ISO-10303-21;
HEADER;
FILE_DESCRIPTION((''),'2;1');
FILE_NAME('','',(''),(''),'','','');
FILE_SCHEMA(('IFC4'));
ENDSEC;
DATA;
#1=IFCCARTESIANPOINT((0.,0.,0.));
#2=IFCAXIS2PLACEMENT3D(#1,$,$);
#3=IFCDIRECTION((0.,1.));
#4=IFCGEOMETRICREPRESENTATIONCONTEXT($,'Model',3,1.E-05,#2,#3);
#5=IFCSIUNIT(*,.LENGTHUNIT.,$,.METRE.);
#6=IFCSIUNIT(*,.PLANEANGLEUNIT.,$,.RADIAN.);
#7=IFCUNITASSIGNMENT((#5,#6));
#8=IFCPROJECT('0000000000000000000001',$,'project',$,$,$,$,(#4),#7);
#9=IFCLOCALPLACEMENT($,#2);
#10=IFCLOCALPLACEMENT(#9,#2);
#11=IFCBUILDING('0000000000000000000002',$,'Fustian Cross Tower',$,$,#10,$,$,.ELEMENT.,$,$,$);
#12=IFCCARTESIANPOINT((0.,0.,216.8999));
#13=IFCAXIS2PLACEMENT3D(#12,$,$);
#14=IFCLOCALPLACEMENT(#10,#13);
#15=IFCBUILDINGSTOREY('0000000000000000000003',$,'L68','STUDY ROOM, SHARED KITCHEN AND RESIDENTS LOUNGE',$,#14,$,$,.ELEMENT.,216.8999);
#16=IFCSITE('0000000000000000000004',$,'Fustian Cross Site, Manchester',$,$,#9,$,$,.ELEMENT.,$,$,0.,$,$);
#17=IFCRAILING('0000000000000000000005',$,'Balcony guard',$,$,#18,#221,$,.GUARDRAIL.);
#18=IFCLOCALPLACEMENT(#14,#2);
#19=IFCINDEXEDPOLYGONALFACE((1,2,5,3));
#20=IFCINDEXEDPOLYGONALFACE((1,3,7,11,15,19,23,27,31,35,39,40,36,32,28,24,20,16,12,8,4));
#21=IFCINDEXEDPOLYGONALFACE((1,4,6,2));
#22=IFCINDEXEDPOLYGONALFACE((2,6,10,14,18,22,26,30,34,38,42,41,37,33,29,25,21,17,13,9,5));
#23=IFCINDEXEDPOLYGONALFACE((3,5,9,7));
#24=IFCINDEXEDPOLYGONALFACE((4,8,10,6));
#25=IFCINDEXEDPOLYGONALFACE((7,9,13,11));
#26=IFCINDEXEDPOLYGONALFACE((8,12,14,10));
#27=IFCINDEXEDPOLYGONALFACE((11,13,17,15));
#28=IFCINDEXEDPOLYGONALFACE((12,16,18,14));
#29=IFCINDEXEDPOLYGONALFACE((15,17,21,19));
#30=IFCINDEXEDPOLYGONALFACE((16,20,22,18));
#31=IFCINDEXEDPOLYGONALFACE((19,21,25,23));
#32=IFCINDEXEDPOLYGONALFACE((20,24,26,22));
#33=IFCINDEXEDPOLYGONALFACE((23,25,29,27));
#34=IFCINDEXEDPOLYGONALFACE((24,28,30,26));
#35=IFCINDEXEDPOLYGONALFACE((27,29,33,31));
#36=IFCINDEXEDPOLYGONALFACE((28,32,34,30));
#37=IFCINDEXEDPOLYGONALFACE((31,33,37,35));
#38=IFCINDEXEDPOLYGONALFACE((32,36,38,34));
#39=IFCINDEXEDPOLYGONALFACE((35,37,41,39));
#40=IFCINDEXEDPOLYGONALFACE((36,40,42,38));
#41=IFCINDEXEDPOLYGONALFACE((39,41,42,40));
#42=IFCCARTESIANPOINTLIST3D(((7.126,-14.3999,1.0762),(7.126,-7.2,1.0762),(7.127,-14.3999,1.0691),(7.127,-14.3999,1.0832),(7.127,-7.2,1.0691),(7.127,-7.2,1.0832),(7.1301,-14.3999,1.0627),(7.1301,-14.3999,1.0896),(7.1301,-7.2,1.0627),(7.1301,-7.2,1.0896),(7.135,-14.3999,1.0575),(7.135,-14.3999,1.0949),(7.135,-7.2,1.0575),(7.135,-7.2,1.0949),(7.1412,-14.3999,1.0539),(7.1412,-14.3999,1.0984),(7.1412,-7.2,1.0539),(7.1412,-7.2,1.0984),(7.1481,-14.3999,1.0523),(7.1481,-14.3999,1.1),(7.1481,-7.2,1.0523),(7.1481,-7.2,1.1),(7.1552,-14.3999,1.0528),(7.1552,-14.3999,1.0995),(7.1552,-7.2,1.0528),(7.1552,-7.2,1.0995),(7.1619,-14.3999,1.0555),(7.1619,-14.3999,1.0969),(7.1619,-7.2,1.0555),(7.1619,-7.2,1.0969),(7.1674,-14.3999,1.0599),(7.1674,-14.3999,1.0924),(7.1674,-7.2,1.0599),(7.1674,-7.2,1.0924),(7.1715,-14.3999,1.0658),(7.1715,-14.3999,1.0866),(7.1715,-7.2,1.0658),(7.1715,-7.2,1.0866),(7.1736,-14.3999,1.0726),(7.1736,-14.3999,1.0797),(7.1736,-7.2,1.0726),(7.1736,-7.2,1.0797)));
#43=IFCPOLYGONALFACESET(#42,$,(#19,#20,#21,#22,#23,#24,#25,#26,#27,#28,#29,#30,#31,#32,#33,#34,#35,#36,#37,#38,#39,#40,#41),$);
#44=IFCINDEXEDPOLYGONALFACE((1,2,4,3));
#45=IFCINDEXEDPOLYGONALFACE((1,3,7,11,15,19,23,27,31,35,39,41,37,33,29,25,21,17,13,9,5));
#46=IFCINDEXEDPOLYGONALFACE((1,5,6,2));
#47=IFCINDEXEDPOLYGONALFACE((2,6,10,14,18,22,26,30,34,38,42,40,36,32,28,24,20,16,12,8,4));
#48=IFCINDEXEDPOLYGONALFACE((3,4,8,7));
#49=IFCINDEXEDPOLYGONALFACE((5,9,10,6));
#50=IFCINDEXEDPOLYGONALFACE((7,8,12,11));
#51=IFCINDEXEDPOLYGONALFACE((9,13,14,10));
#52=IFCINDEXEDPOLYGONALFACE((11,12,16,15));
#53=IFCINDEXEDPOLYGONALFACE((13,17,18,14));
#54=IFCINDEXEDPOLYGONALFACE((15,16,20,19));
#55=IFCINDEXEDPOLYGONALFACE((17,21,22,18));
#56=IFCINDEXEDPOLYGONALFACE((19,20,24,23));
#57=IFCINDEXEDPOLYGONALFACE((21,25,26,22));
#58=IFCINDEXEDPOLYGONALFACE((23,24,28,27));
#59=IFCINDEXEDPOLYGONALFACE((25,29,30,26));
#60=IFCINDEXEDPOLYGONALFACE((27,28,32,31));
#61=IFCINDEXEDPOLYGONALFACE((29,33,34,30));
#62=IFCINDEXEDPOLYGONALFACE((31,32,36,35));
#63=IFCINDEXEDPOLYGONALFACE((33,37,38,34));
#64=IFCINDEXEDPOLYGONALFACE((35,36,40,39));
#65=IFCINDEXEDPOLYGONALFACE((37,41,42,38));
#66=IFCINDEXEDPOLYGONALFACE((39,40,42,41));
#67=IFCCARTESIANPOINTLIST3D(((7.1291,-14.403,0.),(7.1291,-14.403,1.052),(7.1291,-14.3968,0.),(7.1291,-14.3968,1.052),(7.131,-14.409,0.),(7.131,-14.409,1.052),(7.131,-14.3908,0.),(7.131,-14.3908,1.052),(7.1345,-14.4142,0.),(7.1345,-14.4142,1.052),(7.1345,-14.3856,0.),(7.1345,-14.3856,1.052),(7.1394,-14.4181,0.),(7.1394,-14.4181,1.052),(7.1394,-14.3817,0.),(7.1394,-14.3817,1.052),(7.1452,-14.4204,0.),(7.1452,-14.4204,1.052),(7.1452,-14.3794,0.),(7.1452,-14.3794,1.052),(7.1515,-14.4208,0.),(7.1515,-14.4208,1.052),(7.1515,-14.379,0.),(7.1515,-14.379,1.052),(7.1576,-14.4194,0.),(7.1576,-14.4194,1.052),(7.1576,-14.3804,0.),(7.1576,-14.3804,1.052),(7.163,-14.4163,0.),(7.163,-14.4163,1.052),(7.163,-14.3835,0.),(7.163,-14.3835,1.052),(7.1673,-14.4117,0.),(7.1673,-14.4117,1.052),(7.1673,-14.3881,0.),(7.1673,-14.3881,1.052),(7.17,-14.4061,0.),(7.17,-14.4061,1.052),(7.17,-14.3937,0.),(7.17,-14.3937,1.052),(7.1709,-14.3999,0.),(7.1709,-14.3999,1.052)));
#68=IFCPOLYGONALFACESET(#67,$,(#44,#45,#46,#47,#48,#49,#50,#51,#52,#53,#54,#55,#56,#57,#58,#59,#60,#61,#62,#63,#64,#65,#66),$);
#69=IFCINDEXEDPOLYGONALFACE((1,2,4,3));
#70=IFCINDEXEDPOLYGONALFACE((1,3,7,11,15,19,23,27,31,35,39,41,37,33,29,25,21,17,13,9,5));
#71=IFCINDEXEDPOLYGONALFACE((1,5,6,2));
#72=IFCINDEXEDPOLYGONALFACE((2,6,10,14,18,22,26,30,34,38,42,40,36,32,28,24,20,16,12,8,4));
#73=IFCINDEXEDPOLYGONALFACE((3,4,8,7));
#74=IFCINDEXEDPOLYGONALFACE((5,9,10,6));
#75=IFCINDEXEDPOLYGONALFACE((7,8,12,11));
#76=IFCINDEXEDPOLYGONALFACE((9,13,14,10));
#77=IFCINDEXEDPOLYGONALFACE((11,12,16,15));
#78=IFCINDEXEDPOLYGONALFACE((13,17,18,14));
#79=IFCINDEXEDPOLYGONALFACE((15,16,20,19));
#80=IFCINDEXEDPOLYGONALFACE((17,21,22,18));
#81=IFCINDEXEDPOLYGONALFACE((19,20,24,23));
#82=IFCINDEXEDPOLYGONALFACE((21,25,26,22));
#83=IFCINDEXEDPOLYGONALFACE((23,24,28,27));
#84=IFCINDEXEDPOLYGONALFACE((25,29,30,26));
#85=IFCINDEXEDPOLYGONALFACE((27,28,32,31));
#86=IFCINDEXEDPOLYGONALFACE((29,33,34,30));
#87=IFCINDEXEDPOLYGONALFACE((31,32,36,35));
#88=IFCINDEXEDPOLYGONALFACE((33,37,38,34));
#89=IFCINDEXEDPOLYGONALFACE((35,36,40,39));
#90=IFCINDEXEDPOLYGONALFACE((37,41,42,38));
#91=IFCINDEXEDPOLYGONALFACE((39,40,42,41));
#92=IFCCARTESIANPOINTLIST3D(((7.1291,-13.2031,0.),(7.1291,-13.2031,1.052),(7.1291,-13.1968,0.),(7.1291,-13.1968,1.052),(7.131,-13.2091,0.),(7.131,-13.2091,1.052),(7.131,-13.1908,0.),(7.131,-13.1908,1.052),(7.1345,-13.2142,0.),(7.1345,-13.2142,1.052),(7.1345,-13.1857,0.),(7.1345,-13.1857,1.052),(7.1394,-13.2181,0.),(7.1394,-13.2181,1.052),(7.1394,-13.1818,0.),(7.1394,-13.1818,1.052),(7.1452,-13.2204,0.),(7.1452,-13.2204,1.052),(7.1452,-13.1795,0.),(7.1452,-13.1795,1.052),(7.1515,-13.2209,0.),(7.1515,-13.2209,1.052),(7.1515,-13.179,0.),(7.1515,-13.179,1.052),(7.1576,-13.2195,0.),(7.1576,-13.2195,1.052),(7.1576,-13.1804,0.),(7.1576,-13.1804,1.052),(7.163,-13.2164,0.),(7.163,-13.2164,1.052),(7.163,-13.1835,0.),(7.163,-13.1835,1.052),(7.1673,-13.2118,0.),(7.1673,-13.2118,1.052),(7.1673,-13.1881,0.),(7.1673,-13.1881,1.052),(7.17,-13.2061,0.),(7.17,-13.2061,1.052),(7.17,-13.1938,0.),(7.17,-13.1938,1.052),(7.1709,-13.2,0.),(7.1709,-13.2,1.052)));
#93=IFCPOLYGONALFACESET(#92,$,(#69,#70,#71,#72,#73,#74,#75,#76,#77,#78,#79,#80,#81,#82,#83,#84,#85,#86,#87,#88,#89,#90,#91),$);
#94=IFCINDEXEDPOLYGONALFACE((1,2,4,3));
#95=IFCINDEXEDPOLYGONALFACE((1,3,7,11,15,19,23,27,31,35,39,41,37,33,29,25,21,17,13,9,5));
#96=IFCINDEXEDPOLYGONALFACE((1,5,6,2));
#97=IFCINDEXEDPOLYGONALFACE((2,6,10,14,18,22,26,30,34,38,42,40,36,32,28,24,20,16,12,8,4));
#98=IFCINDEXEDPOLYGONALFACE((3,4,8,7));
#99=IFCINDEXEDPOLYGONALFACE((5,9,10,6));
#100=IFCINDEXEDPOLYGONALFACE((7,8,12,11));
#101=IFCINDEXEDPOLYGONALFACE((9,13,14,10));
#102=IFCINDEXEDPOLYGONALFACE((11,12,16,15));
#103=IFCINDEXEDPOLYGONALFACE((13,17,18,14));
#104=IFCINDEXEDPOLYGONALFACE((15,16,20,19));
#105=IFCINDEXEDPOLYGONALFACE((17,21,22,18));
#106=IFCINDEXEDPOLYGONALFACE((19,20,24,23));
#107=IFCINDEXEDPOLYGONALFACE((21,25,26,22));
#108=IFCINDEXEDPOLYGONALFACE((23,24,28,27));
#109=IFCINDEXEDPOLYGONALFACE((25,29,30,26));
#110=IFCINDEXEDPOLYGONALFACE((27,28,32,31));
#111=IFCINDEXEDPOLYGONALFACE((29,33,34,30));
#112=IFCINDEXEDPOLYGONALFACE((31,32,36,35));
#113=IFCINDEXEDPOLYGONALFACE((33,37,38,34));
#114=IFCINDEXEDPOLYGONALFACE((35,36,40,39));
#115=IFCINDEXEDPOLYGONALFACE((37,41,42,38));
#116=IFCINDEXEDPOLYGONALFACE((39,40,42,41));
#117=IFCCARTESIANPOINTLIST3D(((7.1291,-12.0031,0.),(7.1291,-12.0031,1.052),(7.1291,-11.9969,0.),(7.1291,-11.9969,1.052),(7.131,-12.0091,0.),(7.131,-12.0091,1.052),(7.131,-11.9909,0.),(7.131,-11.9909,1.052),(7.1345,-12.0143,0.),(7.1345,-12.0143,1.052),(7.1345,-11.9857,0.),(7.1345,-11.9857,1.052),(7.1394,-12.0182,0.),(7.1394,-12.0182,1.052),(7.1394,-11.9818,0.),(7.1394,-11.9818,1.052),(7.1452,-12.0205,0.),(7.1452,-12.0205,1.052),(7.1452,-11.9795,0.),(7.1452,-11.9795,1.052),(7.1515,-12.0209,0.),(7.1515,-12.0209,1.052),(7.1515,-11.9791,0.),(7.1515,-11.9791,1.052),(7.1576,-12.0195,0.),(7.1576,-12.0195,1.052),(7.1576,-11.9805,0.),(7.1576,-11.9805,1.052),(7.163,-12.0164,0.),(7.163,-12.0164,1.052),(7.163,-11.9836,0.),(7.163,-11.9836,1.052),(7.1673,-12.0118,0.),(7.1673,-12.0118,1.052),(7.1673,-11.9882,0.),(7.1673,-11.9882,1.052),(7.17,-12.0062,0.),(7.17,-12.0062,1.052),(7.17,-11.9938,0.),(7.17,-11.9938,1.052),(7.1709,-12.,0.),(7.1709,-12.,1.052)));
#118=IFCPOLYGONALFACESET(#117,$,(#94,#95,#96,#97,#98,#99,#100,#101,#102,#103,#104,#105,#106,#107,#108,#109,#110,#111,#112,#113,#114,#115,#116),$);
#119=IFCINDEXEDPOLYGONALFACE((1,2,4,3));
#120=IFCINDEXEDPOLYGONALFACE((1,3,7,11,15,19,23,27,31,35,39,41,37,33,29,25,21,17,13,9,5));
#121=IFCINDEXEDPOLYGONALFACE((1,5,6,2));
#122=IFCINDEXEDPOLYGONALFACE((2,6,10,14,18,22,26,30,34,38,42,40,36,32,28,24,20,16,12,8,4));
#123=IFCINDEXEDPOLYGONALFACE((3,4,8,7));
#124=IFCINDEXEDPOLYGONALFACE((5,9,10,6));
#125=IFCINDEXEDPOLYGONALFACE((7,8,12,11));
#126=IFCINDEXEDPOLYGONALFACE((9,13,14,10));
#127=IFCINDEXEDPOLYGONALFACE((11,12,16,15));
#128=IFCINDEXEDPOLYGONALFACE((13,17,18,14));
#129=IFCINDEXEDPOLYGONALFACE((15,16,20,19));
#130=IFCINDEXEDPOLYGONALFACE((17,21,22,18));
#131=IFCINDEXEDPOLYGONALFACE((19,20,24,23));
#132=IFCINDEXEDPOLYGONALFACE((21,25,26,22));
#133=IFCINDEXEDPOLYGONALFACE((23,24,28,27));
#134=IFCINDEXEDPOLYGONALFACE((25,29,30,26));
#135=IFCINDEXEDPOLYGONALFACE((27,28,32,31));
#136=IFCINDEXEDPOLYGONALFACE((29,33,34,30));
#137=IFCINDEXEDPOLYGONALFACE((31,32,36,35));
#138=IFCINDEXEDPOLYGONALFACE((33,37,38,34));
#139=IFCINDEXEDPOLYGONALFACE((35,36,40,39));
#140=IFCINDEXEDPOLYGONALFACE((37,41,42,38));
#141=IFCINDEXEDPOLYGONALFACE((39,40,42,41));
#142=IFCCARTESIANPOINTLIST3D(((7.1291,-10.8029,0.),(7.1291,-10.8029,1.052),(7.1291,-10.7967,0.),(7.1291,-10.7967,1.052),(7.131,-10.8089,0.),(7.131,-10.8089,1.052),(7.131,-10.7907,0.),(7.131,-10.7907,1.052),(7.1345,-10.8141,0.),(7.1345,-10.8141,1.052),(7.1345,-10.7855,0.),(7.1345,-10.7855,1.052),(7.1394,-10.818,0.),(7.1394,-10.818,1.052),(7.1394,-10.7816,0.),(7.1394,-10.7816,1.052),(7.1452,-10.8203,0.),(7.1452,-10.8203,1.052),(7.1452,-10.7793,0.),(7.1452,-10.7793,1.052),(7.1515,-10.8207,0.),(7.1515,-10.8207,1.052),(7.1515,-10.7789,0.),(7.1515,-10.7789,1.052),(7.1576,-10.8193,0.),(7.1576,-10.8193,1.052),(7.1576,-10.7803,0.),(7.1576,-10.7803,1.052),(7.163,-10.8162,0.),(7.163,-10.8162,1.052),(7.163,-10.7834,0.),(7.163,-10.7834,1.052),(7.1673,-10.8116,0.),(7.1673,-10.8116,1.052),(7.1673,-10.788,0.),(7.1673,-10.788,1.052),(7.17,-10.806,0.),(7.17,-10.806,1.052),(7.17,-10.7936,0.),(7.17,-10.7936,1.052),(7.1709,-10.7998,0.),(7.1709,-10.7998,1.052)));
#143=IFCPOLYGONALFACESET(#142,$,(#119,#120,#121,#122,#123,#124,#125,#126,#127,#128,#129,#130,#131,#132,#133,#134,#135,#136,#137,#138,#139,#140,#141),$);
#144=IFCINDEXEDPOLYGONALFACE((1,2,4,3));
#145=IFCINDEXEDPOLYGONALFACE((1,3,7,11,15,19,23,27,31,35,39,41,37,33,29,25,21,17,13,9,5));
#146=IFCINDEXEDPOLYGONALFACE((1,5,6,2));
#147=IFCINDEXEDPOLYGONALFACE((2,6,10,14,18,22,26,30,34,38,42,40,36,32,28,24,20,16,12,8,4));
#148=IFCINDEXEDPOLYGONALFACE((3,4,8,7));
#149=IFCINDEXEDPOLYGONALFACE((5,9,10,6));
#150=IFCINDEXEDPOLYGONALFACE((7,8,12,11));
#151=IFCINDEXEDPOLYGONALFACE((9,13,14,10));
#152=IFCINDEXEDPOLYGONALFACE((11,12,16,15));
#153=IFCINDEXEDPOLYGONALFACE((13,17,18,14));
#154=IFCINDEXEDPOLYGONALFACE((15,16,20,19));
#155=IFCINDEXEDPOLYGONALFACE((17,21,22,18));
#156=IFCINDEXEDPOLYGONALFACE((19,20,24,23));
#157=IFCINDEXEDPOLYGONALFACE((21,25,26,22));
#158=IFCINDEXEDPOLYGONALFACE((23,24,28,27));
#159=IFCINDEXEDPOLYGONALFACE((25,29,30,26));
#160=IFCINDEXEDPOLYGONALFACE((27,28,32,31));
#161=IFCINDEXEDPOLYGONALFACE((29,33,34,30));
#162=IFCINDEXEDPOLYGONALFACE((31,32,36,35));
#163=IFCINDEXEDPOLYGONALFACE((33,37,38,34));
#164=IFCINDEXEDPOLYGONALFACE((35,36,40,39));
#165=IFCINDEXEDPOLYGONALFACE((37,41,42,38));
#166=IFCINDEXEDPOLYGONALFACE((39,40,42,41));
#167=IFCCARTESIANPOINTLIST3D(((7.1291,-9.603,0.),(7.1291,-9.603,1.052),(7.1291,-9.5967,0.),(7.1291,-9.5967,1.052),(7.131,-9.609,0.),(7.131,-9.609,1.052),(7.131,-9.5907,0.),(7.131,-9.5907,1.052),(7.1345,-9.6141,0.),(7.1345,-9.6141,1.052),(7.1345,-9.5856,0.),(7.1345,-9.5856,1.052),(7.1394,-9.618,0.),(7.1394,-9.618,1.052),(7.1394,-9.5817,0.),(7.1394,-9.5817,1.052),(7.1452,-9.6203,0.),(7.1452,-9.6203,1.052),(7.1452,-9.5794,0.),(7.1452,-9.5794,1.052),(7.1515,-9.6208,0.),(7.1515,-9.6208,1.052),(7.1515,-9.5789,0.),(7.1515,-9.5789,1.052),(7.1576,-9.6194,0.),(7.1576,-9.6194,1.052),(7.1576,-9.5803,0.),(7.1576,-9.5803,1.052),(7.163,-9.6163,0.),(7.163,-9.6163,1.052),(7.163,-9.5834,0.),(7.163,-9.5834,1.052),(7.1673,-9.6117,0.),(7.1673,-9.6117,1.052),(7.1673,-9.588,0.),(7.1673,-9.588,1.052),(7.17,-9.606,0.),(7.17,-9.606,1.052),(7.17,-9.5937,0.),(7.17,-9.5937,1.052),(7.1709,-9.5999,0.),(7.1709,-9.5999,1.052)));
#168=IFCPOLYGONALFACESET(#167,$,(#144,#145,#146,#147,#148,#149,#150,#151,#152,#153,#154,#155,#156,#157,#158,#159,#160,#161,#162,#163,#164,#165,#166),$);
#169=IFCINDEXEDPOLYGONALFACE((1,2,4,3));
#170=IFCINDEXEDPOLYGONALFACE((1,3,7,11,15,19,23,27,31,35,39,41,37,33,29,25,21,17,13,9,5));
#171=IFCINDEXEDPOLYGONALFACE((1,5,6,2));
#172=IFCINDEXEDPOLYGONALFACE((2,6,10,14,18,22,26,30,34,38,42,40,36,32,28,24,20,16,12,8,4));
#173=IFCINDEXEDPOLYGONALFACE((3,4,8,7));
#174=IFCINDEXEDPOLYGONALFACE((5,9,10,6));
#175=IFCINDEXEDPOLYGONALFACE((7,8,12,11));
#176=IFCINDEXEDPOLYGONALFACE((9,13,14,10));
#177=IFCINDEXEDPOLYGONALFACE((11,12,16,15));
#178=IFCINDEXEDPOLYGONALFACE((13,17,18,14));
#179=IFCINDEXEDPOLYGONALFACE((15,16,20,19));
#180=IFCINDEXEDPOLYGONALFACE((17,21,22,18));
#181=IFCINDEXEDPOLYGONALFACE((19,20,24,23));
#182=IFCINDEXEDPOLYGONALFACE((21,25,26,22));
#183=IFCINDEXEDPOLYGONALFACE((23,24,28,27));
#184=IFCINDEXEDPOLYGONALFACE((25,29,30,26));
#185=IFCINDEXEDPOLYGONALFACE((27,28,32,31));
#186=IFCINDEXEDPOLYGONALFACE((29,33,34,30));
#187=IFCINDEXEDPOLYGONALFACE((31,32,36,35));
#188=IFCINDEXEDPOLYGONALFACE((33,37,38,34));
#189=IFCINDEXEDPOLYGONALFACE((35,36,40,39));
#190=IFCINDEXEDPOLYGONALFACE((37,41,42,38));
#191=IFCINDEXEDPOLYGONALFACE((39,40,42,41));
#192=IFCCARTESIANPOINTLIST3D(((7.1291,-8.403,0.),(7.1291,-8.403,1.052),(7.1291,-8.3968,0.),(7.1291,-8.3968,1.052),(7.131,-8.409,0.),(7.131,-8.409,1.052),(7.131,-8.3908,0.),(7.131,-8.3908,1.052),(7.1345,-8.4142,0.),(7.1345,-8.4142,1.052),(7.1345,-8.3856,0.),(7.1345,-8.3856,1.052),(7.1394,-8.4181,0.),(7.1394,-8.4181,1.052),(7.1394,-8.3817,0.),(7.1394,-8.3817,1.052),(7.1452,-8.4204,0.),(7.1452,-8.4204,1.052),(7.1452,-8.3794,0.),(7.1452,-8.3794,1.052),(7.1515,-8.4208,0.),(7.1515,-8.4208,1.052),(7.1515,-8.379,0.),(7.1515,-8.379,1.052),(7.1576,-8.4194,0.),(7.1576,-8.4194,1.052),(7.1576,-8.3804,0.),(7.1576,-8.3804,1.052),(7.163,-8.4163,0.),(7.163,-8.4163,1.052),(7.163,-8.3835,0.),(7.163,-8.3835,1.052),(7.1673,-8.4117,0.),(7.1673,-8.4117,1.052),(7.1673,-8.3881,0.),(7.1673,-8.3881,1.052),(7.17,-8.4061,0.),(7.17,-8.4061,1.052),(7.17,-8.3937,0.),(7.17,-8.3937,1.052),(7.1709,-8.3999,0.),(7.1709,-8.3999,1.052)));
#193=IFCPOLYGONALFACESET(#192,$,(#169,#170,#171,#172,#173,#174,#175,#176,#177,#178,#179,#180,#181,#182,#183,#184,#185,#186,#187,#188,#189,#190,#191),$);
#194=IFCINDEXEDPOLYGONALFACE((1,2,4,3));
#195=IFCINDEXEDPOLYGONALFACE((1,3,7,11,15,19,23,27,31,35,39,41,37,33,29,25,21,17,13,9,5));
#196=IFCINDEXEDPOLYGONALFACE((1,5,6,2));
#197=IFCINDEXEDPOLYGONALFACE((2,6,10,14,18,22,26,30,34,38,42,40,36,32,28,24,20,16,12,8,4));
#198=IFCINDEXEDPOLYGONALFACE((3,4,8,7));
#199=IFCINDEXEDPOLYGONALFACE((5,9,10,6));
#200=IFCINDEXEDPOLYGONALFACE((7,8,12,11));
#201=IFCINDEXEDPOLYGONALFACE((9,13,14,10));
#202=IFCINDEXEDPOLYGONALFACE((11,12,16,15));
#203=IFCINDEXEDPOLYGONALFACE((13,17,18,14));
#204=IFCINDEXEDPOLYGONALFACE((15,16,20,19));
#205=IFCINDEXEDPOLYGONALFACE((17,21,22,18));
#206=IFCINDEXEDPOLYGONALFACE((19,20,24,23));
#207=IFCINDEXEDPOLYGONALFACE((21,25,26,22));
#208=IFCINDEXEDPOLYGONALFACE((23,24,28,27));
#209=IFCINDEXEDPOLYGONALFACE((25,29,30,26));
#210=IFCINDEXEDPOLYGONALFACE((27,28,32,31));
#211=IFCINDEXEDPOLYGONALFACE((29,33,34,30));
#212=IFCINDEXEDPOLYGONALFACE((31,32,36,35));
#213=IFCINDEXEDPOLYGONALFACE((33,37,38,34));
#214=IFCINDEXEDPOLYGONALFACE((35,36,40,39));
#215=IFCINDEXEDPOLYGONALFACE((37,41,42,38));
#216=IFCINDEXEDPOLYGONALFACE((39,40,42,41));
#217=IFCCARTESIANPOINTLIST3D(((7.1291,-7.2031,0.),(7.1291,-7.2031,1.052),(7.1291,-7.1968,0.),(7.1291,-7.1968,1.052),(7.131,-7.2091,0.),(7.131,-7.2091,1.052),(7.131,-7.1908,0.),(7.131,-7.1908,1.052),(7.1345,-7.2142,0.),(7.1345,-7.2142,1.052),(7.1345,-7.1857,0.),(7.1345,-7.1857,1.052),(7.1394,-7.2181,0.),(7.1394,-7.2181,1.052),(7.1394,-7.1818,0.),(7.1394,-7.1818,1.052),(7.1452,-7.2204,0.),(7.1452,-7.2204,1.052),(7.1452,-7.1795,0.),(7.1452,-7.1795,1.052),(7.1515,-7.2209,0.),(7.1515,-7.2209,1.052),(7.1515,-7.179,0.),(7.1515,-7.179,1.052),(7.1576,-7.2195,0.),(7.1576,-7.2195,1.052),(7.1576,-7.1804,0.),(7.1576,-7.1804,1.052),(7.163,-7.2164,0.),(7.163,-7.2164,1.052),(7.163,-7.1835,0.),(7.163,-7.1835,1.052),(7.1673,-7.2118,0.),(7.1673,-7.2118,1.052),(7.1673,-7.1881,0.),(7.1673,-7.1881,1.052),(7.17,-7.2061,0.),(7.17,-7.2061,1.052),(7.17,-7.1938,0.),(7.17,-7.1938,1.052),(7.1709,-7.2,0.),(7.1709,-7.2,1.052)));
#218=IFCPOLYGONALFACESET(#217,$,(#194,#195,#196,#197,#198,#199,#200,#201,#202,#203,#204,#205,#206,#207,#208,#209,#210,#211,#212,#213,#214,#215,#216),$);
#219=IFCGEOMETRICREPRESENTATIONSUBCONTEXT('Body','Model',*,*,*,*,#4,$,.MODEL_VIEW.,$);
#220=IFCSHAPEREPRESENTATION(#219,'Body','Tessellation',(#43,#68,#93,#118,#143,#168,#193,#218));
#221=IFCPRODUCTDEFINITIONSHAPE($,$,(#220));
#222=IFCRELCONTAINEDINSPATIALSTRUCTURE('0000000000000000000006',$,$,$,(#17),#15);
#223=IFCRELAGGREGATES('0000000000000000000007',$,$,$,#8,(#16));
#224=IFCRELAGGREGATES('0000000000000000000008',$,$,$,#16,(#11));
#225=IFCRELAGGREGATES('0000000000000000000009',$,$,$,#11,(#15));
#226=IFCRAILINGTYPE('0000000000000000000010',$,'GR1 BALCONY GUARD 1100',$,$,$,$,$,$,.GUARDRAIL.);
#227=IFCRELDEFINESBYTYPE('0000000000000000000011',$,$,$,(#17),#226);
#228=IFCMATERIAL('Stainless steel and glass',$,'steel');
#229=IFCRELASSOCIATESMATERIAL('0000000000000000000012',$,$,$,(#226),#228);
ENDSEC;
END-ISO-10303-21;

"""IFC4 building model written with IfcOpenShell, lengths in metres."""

from ifc_helpers import new_model, si_unit, direction, frame, origin, origin_2d, place, context, subcontext, project, spatial, circle, extrude, material, type_object, element, save


model = new_model("IFC4")

# Units and contexts
model_context = context("Model", 3, precision=1e-05, world=origin(), true_north=direction((0.0, 1.0)))
body_context = subcontext(model_context, "Body", "Model", "MODEL_VIEW")
ifc_project = project(units=[si_unit("LENGTHUNIT", "METRE"), si_unit("PLANEANGLEUNIT", "RADIAN")], contexts=[model_context])

# Site, building, storey
site_placement = place(None, origin())
site = spatial("IfcSite", under=ifc_project, at=site_placement, Name="Fustian Cross Site, Manchester", CompositionType="ELEMENT", RefElevation=0.0)
building_placement = place(site_placement, origin())
building = spatial("IfcBuilding", under=site, at=building_placement, Name="Fustian Cross Tower", CompositionType="ELEMENT")
storey_placement = place(building_placement, frame((0.0, 0.0, 216.8999)))
storey = spatial("IfcBuildingStorey", under=building, at=storey_placement, Name="L68", Description="STUDY ROOM, SHARED KITCHEN AND RESIDENTS LOUNGE", CompositionType="ELEMENT", Elevation=216.8999)

# Railing
ifc_material_1 = material(Name="Stainless steel and glass", Category="steel")
railing_type_1 = type_object("IfcRailingType", Name="GR1 BALCONY GUARD 1100", PredefinedType="GUARDRAIL", material=ifc_material_1)
railing_1_placement = place(storey_placement, frame((7.1499, -14.3999, 0.0)))
element("IfcRailing", 1, at=railing_1_placement, inside=storey, type_object=railing_type_1, Name="Balcony guard", PredefinedType="GUARDRAIL", context=body_context, shape_type="SweptSolid", body=[
    extrude(circle(Radius=0.0239, at=origin_2d()), frame((0.0, 0.0, 1.0762), z_axis=(0.0, 1.0, 0.0), x_axis=(-1.0, 0.0, 0.0)), (0.0, 0.0, 1.0), 7.2),
    extrude(circle(Radius=0.021, at=origin_2d()), origin(), (0.0, 0.0, 1.0), 1.052),
    extrude(circle(Radius=0.021, at=origin_2d()), frame((0.0, 1.2, 0.0)), (0.0, 0.0, 1.0), 1.052),
    extrude(circle(Radius=0.021, at=origin_2d()), frame((0.0, 2.3999, 0.0)), (0.0, 0.0, 1.0), 1.052),
    extrude(circle(Radius=0.021, at=origin_2d()), frame((0.0, 3.6001, 0.0)), (0.0, 0.0, 1.0), 1.052),
    extrude(circle(Radius=0.021, at=origin_2d()), frame((0.0, 4.8, 0.0)), (0.0, 0.0, 1.0), 1.052),
    extrude(circle(Radius=0.021, at=origin_2d()), frame((0.0, 6.0, 0.0)), (0.0, 0.0, 1.0), 1.052),
    extrude(circle(Radius=0.021, at=origin_2d()), frame((0.0, 7.2, 0.0)), (0.0, 0.0, 1.0), 1.052),
])

save(model, "model.ifc")
